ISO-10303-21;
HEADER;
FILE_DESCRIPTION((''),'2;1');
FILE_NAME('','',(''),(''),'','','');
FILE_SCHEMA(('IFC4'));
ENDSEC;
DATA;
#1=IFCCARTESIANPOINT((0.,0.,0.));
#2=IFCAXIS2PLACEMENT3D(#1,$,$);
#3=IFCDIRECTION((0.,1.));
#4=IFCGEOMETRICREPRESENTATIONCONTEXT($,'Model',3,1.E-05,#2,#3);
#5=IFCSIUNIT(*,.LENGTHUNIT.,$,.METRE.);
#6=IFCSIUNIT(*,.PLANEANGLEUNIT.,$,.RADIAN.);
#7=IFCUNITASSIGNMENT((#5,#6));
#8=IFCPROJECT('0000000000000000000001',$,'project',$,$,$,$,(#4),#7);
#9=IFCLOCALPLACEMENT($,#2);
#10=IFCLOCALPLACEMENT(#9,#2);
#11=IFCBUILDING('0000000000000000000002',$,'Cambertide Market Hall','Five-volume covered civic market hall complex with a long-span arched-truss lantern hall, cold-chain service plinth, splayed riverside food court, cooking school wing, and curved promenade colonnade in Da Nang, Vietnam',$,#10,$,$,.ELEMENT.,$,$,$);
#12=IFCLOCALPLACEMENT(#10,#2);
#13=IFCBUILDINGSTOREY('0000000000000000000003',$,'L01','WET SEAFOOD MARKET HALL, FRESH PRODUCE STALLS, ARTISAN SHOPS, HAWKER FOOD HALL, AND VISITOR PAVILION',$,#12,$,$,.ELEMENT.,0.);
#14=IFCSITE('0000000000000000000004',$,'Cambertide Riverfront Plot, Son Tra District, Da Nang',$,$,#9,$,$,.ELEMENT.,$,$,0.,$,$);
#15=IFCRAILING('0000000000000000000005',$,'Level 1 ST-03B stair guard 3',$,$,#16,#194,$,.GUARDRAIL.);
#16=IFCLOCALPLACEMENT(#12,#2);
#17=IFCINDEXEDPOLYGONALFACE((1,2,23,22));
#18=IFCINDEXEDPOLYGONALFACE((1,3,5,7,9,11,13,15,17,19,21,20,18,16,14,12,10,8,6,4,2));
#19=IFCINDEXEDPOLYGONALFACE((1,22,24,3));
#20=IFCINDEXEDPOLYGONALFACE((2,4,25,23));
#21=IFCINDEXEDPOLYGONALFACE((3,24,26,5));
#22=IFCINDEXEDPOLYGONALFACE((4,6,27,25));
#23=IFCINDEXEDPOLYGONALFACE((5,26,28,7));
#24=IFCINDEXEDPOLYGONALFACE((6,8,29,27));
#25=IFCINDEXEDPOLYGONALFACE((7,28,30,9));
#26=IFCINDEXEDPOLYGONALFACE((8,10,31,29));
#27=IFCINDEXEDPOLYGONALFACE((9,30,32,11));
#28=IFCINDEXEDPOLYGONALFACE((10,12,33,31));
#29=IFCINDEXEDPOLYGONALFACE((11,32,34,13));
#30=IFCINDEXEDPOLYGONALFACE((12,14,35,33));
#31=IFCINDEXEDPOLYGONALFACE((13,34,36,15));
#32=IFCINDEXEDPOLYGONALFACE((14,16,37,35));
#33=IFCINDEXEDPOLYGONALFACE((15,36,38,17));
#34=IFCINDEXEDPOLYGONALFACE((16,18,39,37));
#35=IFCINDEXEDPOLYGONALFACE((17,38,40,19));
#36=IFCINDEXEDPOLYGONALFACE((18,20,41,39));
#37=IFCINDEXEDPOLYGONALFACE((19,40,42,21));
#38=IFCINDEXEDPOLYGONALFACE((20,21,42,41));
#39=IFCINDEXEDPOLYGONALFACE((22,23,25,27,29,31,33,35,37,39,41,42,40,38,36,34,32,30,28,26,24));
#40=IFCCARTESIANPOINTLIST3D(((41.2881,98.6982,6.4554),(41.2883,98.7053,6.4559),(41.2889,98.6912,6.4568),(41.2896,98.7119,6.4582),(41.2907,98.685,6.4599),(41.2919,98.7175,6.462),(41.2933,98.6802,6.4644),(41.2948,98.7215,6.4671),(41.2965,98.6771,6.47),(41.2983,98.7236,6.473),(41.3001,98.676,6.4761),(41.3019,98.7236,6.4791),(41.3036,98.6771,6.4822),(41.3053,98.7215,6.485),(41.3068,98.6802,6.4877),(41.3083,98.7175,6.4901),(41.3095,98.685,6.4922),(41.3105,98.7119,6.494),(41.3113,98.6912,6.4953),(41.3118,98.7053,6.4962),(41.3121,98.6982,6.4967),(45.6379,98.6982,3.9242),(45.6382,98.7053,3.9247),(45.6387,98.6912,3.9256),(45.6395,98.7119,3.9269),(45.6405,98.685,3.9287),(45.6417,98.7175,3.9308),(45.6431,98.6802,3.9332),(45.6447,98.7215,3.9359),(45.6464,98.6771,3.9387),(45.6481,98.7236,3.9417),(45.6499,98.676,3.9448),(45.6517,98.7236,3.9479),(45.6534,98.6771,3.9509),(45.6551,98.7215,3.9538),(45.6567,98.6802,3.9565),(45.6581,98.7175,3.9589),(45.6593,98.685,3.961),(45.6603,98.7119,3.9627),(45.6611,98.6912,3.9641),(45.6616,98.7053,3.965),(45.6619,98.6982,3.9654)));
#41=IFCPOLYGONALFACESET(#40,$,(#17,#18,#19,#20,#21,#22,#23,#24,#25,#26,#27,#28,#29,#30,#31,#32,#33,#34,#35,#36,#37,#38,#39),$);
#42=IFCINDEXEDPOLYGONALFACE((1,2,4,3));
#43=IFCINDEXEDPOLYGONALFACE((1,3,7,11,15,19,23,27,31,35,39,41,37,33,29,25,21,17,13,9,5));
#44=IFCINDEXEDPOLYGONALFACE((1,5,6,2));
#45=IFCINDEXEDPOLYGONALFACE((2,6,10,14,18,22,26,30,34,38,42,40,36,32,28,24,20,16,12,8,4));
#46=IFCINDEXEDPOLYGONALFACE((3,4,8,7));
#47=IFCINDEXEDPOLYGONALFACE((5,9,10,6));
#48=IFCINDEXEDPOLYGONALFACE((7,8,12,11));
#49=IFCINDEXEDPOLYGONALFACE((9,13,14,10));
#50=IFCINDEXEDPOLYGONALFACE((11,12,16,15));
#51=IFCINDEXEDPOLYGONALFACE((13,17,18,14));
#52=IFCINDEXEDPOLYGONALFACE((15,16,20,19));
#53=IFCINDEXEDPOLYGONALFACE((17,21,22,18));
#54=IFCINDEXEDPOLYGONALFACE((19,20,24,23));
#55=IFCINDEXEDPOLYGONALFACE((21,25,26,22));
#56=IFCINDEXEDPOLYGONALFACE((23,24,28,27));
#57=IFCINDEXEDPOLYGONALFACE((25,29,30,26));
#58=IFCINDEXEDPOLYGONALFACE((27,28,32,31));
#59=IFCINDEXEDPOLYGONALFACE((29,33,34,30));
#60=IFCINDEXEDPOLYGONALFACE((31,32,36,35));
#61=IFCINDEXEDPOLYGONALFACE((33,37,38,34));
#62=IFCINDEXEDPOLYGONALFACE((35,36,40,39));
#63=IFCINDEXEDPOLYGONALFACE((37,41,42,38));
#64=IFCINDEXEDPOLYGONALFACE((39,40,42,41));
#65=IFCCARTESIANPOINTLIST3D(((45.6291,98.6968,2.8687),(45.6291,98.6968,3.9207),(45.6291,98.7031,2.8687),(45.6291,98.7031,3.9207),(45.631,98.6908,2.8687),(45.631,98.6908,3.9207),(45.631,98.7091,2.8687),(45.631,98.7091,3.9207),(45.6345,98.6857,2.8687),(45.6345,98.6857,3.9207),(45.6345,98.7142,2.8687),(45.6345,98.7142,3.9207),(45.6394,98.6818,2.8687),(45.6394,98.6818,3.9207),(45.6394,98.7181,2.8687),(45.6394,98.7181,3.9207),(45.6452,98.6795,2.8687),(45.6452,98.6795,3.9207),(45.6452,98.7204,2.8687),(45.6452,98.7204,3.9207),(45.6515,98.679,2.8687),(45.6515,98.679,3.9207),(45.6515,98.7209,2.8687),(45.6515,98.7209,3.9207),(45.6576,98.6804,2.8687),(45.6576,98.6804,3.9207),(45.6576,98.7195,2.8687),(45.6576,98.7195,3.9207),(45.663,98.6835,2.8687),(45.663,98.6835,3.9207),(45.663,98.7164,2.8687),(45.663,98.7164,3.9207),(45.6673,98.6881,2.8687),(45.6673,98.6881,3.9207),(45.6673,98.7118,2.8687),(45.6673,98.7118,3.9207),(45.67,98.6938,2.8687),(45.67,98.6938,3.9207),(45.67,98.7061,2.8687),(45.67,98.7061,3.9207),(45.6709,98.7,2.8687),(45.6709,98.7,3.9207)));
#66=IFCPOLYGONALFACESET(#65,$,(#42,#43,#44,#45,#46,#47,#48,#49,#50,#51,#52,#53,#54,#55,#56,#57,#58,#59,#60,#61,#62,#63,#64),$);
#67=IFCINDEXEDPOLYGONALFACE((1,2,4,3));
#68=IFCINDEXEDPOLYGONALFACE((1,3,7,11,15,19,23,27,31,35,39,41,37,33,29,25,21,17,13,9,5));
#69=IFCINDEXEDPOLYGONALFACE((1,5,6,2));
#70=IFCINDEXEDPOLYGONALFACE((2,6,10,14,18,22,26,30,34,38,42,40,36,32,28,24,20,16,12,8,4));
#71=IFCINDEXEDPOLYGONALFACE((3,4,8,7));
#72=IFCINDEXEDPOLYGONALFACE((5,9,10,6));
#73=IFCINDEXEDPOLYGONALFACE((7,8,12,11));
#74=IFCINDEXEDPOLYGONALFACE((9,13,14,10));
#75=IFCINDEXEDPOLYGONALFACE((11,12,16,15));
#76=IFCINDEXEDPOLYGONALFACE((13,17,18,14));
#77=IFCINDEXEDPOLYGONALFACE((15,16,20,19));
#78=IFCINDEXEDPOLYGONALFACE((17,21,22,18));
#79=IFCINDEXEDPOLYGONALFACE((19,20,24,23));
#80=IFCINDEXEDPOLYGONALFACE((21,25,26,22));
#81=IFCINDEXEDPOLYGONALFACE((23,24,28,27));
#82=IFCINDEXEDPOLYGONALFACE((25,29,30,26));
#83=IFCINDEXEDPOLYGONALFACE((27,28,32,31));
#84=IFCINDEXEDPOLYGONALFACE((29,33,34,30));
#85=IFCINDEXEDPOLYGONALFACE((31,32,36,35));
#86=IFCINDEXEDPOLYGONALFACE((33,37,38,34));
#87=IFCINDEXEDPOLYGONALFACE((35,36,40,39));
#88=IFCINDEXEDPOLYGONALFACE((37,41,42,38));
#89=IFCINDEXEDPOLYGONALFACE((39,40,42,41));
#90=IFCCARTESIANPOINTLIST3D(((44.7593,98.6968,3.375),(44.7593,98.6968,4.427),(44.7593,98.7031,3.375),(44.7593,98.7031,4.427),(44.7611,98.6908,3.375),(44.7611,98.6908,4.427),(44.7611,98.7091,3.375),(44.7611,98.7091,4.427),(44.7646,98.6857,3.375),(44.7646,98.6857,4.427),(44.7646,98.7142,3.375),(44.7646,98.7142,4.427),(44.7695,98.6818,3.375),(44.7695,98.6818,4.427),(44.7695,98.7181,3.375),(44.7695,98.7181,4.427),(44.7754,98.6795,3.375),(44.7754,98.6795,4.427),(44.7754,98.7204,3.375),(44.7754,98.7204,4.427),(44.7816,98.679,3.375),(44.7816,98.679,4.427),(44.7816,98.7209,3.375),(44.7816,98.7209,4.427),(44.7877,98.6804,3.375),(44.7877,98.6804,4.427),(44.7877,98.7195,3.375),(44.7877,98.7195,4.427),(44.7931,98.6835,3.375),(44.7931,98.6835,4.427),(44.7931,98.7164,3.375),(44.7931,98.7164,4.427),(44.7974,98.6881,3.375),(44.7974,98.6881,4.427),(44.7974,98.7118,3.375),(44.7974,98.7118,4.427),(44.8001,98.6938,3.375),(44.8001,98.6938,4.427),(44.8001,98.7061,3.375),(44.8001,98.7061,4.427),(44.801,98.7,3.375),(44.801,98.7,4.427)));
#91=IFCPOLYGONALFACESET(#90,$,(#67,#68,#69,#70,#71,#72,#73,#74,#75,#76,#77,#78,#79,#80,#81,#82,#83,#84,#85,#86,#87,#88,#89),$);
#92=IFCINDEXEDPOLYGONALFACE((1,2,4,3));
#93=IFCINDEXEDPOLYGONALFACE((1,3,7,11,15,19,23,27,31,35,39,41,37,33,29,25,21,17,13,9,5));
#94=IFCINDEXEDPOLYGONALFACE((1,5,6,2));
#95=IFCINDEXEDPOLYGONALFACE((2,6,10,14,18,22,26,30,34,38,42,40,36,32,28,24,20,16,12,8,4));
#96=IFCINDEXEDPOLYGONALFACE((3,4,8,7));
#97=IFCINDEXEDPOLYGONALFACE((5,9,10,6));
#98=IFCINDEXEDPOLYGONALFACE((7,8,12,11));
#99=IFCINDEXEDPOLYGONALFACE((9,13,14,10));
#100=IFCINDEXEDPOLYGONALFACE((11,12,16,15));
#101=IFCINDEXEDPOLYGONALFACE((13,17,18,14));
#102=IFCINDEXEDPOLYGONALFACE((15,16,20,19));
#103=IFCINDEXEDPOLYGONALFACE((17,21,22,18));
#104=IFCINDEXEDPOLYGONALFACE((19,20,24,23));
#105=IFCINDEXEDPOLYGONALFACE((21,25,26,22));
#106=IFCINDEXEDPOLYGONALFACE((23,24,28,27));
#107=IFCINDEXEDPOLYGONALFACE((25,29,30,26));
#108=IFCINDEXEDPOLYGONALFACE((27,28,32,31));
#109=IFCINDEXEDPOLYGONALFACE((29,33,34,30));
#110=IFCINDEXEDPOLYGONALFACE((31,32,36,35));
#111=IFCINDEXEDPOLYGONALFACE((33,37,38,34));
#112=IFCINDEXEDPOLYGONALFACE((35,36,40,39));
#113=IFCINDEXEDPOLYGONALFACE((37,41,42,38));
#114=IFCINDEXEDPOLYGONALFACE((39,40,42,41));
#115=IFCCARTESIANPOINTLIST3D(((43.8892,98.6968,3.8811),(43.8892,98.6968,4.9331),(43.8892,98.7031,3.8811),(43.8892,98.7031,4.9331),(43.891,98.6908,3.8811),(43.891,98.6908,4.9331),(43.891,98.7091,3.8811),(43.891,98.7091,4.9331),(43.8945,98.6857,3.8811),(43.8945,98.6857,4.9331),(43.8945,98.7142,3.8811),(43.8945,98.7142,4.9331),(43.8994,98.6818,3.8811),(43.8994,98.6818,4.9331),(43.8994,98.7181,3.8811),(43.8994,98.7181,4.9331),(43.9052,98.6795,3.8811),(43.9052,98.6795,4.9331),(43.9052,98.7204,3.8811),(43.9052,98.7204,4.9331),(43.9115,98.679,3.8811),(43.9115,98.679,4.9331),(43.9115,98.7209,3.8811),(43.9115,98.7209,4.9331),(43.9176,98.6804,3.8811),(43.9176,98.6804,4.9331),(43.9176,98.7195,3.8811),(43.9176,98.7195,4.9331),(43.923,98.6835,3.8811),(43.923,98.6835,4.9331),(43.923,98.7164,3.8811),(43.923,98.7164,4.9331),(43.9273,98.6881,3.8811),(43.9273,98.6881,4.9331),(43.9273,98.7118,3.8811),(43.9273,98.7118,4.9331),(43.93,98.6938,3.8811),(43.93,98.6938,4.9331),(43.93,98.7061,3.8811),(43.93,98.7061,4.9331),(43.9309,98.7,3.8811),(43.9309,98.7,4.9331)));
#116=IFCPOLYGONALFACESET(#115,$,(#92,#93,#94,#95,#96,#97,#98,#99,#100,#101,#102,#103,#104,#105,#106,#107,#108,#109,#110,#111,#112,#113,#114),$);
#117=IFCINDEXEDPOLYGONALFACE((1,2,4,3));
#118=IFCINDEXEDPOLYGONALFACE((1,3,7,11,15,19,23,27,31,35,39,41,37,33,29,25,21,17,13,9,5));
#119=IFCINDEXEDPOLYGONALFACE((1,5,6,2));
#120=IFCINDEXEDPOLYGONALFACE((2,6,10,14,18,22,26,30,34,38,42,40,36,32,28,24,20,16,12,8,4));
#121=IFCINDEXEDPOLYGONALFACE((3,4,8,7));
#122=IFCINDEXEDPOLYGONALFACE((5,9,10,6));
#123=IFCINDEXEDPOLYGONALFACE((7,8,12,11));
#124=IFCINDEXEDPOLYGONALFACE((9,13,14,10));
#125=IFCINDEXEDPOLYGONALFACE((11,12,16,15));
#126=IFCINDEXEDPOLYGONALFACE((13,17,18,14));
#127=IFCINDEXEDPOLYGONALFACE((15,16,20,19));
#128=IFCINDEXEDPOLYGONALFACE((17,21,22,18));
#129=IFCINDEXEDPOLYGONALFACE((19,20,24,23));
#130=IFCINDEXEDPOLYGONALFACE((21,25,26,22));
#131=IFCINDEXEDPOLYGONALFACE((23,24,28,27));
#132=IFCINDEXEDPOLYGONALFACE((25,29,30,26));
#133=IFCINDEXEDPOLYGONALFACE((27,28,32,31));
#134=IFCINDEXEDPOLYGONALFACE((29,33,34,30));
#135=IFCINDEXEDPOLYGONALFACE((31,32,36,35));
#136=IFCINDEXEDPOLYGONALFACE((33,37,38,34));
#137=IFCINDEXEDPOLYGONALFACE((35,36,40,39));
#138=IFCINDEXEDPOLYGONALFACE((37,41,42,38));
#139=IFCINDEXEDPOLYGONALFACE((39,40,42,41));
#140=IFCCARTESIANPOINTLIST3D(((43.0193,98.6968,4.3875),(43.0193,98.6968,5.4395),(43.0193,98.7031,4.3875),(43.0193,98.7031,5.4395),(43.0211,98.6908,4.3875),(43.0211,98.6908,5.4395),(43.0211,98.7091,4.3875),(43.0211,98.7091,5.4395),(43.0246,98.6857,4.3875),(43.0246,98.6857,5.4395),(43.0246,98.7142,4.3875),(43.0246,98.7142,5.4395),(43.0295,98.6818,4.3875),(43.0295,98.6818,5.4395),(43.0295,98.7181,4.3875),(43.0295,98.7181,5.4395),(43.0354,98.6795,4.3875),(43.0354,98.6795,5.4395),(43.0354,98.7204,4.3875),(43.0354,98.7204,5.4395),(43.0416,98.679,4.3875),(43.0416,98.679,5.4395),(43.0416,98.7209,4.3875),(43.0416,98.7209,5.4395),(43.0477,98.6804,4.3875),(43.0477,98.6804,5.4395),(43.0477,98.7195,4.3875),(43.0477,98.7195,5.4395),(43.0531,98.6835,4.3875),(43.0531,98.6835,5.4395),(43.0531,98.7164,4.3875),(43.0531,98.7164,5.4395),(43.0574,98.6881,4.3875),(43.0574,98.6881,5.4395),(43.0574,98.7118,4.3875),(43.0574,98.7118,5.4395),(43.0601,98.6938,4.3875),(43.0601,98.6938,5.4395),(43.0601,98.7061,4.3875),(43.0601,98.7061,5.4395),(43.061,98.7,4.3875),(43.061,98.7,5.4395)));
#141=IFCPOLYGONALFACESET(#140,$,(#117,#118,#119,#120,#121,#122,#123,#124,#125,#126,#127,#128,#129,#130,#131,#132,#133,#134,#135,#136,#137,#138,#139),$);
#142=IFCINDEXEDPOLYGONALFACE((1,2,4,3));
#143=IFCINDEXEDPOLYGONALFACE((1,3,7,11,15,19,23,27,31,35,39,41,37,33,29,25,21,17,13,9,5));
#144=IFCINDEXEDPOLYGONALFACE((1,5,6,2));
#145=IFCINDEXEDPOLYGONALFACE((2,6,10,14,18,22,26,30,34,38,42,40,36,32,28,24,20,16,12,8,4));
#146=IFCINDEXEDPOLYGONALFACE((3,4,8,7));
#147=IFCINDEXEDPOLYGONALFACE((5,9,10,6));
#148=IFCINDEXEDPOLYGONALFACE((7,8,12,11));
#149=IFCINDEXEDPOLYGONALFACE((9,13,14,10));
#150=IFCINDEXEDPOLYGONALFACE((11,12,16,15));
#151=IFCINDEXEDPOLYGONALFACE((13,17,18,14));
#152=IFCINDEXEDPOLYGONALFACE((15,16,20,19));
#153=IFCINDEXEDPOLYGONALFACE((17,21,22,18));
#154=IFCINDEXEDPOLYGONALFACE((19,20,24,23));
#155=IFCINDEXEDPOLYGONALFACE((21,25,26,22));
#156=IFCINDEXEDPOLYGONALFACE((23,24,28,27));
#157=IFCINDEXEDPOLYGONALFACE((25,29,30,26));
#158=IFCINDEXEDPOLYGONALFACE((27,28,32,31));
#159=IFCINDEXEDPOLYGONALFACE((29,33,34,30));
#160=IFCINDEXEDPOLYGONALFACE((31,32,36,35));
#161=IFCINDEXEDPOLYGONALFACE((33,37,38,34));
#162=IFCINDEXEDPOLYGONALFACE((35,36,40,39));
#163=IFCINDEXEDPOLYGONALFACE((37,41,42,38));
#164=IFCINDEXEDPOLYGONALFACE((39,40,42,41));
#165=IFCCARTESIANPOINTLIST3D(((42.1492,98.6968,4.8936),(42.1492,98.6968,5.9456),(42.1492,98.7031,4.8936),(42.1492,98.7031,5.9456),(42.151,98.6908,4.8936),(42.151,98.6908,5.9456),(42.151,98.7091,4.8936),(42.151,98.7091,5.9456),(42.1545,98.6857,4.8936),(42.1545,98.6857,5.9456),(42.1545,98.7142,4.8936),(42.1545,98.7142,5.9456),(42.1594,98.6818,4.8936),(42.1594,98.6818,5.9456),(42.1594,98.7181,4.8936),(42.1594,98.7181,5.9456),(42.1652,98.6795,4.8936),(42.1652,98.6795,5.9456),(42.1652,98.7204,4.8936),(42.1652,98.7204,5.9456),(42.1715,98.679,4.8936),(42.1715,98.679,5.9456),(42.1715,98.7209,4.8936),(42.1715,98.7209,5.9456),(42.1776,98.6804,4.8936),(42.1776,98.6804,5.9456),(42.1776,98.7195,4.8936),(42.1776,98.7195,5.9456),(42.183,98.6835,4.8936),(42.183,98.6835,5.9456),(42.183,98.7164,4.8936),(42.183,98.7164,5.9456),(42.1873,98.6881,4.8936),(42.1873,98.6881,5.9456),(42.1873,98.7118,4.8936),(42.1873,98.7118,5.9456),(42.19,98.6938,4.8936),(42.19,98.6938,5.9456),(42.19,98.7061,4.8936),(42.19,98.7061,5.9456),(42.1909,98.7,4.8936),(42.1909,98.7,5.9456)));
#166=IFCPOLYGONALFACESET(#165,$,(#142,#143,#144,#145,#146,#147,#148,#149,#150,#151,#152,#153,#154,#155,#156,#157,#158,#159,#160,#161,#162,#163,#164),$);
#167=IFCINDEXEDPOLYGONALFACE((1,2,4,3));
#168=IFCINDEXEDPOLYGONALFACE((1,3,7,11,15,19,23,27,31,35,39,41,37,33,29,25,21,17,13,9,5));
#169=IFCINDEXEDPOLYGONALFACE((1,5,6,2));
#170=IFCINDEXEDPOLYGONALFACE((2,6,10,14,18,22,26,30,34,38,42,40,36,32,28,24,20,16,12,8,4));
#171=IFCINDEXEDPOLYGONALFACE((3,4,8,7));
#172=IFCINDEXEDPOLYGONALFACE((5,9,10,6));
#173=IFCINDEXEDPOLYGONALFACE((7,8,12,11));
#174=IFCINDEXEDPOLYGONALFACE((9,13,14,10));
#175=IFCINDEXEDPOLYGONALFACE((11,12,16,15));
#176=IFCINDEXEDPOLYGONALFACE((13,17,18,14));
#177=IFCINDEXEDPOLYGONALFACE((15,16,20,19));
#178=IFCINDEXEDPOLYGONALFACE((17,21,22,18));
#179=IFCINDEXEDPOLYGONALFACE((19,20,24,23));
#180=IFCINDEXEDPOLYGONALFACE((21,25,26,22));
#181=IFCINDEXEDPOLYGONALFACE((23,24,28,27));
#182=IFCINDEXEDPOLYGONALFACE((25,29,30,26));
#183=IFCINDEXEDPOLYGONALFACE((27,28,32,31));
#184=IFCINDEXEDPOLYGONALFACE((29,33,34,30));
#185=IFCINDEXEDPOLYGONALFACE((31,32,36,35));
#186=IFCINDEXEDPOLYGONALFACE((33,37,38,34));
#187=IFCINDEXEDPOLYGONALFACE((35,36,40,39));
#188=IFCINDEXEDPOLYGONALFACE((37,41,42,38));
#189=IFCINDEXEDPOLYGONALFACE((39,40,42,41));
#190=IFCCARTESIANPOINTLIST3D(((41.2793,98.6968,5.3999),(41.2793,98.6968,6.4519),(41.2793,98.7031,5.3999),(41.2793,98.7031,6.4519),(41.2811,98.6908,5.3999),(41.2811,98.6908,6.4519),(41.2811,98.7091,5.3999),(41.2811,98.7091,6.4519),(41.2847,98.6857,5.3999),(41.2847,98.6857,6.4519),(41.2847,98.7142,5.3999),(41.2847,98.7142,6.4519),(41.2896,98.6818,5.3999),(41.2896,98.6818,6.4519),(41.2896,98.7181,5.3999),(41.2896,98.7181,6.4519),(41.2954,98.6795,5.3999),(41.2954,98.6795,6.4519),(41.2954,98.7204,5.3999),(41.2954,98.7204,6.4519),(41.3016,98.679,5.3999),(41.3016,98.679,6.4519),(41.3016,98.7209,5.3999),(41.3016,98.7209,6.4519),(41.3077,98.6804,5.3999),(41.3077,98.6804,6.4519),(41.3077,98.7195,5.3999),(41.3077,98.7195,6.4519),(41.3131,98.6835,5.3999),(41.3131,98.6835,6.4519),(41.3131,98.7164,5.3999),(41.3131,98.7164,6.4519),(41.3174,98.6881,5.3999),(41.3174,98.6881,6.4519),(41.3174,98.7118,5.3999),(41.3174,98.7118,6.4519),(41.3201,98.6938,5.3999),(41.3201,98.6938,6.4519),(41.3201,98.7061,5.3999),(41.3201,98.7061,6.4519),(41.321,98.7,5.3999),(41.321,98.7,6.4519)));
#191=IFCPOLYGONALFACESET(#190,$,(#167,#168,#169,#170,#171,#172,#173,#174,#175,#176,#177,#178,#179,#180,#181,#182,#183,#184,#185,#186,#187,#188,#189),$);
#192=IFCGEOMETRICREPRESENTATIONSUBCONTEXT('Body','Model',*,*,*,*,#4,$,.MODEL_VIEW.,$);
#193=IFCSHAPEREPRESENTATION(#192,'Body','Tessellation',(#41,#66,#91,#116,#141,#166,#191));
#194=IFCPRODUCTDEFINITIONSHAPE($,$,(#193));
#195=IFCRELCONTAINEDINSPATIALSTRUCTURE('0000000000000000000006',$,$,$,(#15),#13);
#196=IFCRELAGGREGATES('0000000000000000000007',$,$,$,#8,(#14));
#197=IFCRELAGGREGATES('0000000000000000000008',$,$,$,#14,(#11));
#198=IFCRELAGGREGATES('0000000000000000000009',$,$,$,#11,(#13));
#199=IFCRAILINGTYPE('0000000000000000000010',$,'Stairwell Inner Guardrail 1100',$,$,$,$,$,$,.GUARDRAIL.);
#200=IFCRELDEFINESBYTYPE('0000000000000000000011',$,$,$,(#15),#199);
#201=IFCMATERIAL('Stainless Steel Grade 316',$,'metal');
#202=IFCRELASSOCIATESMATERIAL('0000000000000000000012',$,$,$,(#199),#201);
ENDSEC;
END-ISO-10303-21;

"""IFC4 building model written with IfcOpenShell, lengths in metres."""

from ifc_helpers import new_model, si_unit, direction, frame, origin, origin_2d, place, context, subcontext, project, spatial, circle, extrude, material, type_object, element, save


model = new_model("IFC4")

# Units and contexts
model_context = context("Model", 3, precision=1e-05, world=origin(), true_north=direction((0.0, 1.0)))
body_context = subcontext(model_context, "Body", "Model", "MODEL_VIEW")
ifc_project = project(units=[si_unit("LENGTHUNIT", "METRE"), si_unit("PLANEANGLEUNIT", "RADIAN")], contexts=[model_context])

# Site, building, storey
site_placement = place(None, origin())
site = spatial("IfcSite", under=ifc_project, at=site_placement, Name="Cambertide Riverfront Plot, Son Tra District, Da Nang", CompositionType="ELEMENT", RefElevation=0.0)
building_placement = place(site_placement, origin())
building = spatial("IfcBuilding", under=site, at=building_placement, Name="Cambertide Market Hall", Description="Five-volume covered civic market hall complex with a long-span arched-truss lantern hall, cold-chain service plinth, splayed riverside food court, cooking school wing, and curved promenade colonnade in Da Nang, Vietnam", CompositionType="ELEMENT")
storey_placement = place(building_placement, origin())
storey = spatial("IfcBuildingStorey", under=building, at=storey_placement, Name="L01", Description="WET SEAFOOD MARKET HALL, FRESH PRODUCE STALLS, ARTISAN SHOPS, HAWKER FOOD HALL, AND VISITOR PAVILION", CompositionType="ELEMENT", Elevation=0.0)

# Railing
ifc_material_1 = material(Name="Stainless Steel Grade 316", Category="metal")
railing_type_1 = type_object("IfcRailingType", Name="Stairwell Inner Guardrail 1100", PredefinedType="GUARDRAIL", material=ifc_material_1)
railing_1_placement = place(storey_placement, frame((45.6499, 98.7, 2.8687)))
element("IfcRailing", 1, at=railing_1_placement, inside=storey, type_object=railing_type_1, Name="Level 1 ST-03B stair guard 3", PredefinedType="GUARDRAIL", context=body_context, shape_type="SweptSolid", body=[
    extrude(circle(Radius=0.0239, at=origin_2d()), frame((0.0, 0.0, 1.0762), z_axis=(-0.864312, 0.0, 0.502957), x_axis=(0.0, -1.0, 0.0)), (0.0, 0.0, 1.0), 5.0327),
    extrude(circle(Radius=0.021, at=origin_2d()), origin(), (0.0, 0.0, 1.0), 1.052),
    extrude(circle(Radius=0.021, at=origin_2d()), frame((-0.8699, 0.0, 0.5063)), (0.0, 0.0, 1.0), 1.052),
    extrude(circle(Radius=0.021, at=origin_2d()), frame((-1.74, 0.0, 1.0125)), (0.0, 0.0, 1.0), 1.052),
    extrude(circle(Radius=0.021, at=origin_2d()), frame((-2.6099, 0.0, 1.5188)), (0.0, 0.0, 1.0), 1.052),
    extrude(circle(Radius=0.021, at=origin_2d()), frame((-3.48, 0.0, 2.0249)), (0.0, 0.0, 1.0), 1.052),
    extrude(circle(Radius=0.021, at=origin_2d()), frame((-4.3499, 0.0, 2.5312)), (0.0, 0.0, 1.0), 1.052),
])

save(model, "model.ifc")
